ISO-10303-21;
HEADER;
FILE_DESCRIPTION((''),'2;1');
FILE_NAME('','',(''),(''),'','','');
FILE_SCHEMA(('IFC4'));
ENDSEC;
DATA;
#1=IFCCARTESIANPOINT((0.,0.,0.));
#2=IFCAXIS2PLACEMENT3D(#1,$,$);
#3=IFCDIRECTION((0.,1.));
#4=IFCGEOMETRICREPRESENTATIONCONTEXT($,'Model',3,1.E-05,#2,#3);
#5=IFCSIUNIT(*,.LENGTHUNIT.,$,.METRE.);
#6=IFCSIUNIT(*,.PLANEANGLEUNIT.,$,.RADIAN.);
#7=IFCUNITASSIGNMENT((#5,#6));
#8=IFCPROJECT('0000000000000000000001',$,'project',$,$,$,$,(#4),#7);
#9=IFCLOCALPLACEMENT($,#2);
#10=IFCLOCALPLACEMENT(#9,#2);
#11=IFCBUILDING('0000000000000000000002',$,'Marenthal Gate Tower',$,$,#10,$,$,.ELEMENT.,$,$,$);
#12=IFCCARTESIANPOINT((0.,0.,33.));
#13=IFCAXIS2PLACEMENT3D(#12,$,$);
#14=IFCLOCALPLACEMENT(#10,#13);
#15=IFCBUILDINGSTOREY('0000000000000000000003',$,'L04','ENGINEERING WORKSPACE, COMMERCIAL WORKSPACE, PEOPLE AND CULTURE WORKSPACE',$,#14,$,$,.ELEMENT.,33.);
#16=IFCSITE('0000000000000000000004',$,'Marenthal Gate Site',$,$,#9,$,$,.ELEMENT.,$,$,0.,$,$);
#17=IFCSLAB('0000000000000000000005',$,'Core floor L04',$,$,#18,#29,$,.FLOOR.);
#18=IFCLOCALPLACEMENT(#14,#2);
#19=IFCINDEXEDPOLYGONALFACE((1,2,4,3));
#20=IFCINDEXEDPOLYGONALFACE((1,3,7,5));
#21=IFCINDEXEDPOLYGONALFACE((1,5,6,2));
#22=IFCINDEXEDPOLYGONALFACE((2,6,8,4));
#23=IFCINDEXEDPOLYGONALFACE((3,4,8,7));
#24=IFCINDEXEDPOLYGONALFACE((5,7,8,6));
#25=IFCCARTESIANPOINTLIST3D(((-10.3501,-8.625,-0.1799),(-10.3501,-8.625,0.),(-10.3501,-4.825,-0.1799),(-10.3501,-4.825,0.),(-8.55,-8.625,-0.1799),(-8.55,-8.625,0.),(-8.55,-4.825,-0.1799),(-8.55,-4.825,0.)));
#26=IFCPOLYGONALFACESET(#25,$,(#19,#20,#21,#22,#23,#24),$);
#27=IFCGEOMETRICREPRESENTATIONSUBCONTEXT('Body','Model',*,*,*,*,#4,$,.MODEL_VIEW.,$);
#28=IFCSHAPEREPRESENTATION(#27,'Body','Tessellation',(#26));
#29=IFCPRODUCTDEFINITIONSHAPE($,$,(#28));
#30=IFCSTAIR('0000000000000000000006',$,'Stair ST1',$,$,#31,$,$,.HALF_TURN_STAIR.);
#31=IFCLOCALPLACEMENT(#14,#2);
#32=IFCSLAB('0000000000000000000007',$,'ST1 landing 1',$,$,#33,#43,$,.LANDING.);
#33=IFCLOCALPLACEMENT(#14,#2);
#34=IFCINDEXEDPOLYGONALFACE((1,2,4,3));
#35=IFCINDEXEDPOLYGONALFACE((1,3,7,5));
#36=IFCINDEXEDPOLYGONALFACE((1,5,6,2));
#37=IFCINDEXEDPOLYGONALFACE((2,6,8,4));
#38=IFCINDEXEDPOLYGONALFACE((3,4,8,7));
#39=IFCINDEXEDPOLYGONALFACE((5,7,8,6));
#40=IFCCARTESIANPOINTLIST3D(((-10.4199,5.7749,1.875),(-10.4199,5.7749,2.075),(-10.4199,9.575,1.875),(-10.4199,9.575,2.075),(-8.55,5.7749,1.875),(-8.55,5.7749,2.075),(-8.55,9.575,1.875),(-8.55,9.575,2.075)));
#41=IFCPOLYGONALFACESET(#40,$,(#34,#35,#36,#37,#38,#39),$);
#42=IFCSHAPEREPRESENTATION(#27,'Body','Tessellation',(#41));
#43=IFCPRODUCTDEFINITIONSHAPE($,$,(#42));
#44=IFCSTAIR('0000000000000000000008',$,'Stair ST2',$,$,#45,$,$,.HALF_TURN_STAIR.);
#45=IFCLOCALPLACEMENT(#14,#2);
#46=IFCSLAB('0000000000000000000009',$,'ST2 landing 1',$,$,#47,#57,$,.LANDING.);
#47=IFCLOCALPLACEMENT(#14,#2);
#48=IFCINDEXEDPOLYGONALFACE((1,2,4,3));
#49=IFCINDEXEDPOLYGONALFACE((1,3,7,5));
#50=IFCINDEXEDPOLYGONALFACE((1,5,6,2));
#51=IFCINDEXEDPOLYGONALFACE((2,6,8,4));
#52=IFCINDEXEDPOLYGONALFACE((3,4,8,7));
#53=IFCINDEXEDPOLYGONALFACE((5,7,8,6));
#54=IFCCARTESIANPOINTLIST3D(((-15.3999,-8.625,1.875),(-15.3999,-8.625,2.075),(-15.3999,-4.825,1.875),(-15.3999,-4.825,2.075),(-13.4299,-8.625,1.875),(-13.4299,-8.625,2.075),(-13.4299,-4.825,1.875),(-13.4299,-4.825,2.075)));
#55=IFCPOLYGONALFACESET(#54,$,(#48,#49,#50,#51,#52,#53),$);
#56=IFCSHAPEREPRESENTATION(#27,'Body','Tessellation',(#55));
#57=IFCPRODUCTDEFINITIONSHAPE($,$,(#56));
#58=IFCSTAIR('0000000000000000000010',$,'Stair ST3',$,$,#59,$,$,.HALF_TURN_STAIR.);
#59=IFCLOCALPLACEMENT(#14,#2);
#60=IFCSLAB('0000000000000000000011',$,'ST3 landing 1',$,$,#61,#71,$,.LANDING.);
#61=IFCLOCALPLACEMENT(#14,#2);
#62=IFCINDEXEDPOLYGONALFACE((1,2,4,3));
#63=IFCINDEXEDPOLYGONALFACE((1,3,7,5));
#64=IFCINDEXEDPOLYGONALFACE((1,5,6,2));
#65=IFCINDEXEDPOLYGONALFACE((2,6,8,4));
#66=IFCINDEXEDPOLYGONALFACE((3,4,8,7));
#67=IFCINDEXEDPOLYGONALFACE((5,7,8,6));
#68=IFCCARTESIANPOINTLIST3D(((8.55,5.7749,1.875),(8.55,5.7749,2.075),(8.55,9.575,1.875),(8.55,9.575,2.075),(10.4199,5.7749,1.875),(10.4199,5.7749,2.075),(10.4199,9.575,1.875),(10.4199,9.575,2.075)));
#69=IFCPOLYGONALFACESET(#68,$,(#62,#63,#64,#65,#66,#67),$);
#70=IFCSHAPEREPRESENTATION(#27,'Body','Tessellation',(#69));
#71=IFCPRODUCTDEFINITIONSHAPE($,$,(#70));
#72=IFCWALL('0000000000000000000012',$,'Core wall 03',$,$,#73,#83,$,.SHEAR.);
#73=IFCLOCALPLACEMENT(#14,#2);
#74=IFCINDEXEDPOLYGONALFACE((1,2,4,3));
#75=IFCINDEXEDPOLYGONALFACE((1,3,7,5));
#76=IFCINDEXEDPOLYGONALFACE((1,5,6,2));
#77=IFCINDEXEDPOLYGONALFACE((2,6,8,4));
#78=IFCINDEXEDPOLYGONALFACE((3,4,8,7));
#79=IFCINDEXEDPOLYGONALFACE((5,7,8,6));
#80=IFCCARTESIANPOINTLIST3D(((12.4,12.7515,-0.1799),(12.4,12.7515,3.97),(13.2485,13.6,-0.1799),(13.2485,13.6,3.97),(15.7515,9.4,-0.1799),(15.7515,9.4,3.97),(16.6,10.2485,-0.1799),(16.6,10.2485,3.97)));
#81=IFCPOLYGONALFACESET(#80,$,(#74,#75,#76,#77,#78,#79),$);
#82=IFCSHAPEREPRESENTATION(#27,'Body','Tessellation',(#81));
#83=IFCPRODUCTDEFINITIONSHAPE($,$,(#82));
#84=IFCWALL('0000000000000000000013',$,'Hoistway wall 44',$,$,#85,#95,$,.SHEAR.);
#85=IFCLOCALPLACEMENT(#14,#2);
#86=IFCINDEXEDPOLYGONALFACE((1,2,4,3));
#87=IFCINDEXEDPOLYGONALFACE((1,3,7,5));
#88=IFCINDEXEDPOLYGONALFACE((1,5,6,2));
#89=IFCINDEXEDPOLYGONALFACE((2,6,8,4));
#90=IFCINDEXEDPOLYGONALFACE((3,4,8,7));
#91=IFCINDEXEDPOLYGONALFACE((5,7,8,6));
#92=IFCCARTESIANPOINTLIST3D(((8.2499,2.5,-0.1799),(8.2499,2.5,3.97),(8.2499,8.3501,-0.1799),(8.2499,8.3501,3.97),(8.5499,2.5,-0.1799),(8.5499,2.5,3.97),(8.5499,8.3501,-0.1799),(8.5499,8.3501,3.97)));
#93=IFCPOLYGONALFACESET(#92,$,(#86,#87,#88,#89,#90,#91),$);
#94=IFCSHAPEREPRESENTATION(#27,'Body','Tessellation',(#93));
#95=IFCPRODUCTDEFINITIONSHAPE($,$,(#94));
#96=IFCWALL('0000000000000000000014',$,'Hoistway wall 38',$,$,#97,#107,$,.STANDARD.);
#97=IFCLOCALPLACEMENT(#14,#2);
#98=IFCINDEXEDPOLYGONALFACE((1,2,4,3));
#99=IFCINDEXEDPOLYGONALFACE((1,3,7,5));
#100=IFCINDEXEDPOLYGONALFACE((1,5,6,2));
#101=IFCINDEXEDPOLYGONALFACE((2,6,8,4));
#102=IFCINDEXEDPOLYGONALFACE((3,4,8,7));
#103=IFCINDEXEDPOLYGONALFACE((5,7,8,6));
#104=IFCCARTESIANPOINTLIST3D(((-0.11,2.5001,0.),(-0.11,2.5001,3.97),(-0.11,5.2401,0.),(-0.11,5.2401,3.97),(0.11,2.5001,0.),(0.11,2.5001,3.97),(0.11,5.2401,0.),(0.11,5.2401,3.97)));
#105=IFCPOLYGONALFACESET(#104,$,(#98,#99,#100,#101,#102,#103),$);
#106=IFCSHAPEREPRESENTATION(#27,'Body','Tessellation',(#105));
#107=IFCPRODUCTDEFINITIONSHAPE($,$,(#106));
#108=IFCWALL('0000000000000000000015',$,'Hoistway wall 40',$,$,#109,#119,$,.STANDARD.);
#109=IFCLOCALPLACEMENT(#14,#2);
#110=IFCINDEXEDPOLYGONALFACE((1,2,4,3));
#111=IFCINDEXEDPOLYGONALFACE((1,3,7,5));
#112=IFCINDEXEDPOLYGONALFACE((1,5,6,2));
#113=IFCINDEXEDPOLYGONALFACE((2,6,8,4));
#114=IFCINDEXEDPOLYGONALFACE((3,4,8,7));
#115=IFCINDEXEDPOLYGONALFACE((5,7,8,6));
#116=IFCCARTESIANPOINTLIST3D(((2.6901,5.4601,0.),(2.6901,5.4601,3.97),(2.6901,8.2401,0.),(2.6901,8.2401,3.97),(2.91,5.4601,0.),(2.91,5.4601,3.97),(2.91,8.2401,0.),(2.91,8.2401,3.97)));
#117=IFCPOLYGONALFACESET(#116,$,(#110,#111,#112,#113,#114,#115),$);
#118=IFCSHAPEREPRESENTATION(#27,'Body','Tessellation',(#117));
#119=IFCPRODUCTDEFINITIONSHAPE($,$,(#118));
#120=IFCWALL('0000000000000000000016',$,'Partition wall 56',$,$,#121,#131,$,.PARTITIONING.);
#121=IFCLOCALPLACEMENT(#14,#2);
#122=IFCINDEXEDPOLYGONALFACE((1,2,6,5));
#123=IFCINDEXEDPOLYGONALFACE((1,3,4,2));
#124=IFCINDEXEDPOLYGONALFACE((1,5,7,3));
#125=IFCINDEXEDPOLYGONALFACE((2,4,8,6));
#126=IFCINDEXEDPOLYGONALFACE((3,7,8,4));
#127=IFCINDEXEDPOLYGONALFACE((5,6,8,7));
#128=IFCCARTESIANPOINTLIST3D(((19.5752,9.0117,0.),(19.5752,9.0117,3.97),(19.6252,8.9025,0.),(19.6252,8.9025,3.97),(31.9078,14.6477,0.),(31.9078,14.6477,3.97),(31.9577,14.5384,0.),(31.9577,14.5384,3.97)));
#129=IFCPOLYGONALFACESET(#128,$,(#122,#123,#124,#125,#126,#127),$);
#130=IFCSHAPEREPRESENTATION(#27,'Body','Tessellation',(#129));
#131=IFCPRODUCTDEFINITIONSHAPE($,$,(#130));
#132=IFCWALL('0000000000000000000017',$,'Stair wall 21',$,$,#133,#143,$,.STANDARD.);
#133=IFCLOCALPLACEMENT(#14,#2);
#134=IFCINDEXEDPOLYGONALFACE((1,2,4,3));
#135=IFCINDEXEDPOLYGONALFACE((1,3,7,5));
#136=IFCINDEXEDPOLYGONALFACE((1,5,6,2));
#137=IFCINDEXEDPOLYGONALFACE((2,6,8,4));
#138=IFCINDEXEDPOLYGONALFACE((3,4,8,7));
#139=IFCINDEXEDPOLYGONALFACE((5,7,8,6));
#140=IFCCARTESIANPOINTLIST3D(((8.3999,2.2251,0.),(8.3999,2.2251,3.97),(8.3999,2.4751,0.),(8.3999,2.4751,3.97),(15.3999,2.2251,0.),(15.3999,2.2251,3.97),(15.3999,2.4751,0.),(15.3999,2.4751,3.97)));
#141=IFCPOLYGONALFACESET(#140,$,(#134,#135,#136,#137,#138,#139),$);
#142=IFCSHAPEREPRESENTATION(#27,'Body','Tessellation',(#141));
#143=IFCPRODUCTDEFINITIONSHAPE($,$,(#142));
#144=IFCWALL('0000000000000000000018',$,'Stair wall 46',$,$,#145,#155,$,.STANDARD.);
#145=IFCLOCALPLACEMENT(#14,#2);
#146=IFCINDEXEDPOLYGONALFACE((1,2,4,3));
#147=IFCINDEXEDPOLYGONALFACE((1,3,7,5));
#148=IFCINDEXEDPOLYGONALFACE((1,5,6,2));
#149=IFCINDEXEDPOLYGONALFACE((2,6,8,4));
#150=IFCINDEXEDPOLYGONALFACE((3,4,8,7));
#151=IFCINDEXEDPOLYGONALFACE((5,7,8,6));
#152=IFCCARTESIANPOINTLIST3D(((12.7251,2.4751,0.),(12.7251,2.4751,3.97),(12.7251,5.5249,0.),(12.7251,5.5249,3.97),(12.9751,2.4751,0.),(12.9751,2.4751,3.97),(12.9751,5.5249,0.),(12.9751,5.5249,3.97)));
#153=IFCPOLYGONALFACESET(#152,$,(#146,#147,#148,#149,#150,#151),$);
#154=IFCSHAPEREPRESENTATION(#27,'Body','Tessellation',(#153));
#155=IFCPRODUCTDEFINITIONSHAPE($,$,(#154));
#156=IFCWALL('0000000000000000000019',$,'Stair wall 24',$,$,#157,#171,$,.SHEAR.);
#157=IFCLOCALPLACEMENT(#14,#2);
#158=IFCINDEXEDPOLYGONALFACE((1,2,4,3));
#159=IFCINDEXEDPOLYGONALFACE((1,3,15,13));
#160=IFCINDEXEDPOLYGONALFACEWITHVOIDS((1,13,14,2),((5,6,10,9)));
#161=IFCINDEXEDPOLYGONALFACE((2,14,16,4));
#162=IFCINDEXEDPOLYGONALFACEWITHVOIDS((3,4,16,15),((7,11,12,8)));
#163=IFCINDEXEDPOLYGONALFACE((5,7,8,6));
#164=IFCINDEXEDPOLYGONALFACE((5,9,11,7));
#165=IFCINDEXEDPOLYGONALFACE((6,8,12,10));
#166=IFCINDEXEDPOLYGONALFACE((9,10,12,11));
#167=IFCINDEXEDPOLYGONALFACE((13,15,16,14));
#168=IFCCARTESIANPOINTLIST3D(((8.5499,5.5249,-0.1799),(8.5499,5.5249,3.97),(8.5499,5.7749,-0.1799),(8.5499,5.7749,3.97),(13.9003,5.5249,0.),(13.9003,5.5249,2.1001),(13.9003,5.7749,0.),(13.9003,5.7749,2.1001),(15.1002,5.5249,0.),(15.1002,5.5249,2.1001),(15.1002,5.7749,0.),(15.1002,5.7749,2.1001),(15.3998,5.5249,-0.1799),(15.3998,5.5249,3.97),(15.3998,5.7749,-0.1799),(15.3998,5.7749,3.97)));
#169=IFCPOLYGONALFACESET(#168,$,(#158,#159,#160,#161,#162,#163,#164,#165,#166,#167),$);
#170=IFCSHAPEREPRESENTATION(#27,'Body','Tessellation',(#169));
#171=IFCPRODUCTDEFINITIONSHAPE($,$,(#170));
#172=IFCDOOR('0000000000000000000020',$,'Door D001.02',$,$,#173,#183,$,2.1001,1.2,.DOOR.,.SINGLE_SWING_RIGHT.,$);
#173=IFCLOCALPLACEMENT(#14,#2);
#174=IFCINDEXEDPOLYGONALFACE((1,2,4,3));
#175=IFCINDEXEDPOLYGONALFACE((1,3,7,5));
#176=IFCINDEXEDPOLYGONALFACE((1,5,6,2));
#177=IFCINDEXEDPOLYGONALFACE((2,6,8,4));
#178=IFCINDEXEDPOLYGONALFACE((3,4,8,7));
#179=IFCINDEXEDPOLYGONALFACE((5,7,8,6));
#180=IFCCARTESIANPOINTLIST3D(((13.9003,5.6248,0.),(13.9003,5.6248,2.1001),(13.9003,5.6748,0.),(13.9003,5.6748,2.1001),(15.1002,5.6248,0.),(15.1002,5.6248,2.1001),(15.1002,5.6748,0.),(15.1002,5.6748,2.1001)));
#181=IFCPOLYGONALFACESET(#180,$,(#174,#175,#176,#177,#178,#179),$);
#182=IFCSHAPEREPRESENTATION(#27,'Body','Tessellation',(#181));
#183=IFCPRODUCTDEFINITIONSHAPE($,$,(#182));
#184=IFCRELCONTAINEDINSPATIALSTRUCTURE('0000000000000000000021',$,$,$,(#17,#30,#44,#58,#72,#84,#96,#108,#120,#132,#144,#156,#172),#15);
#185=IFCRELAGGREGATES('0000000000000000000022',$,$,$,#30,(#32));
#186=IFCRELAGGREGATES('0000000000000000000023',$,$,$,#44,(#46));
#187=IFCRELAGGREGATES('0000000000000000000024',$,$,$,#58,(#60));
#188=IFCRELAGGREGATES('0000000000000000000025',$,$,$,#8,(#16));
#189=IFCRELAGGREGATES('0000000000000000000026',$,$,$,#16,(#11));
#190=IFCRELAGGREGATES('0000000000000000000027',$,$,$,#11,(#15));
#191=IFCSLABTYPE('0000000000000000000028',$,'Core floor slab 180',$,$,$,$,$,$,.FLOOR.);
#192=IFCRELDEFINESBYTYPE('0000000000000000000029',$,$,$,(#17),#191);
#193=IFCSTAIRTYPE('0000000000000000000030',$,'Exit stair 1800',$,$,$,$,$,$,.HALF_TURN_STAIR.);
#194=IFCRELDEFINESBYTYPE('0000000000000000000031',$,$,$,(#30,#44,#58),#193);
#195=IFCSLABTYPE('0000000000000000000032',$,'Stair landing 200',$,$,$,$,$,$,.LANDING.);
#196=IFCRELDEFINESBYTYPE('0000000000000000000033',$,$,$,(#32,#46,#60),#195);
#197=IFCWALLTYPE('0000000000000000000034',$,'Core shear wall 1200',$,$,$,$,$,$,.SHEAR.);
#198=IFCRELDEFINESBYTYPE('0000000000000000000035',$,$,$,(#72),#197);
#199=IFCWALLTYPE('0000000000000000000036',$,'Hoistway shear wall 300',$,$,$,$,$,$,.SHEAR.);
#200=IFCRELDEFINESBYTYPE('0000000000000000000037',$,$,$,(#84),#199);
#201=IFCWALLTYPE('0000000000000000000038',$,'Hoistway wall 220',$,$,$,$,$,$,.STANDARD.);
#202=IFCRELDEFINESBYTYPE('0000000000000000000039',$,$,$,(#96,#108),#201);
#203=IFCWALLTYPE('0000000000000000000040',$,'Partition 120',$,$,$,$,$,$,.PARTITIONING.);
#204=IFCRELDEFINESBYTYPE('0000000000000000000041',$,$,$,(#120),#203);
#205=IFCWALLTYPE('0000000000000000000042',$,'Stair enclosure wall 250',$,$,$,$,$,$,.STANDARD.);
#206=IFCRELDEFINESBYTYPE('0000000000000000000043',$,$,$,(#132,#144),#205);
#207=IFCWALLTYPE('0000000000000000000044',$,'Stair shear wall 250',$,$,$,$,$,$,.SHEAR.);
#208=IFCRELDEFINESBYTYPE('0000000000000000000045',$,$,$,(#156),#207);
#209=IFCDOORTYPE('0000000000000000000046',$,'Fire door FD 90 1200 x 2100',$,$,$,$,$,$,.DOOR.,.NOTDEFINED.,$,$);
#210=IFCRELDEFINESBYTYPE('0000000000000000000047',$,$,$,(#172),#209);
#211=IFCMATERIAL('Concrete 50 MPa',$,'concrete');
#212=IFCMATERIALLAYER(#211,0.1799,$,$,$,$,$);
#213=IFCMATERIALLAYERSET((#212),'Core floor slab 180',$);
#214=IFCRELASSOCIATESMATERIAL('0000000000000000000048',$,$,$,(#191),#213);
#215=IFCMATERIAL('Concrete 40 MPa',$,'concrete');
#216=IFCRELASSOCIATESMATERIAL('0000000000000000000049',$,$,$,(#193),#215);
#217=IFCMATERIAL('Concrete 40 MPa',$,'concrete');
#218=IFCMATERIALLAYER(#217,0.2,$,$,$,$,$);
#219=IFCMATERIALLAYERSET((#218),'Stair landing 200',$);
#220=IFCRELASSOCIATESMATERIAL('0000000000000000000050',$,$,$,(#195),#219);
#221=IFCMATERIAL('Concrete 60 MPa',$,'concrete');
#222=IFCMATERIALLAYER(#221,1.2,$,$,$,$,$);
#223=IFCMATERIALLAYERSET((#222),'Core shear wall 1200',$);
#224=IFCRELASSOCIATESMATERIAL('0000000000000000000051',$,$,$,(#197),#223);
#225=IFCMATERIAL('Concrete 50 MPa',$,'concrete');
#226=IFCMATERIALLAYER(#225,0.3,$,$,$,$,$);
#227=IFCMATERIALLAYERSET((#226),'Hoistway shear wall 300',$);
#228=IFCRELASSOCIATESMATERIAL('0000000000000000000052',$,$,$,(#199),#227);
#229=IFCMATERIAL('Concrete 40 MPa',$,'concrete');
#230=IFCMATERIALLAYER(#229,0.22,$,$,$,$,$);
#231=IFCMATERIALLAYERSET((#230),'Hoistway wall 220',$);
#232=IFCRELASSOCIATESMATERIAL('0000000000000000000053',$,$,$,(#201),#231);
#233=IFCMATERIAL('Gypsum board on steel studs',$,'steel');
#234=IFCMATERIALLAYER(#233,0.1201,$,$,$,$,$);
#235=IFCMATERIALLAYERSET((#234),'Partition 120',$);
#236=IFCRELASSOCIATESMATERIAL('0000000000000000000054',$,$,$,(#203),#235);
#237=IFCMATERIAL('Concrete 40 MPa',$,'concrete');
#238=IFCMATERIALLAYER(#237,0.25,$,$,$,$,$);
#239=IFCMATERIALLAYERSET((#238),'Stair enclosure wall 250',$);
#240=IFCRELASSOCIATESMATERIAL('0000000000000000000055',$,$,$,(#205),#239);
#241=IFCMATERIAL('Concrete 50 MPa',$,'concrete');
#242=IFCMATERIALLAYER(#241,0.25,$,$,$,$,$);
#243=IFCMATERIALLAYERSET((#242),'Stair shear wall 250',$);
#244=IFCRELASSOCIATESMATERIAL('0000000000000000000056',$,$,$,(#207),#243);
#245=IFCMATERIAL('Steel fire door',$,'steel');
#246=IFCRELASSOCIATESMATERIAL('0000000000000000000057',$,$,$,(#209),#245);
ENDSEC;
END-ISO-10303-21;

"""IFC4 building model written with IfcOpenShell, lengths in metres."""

from ifc_helpers import new_model, si_unit, direction, frame, frame_2d, origin, place, context, subcontext, project, spatial, polyline, rectangle, outline, extrude, material, layer, layer_set, type_object, element, fill, aggregate, save


model = new_model("IFC4")

# Units and contexts
model_context = context("Model", 3, precision=1e-05, world=origin(), true_north=direction((0.0, 1.0)))
body_context = subcontext(model_context, "Body", "Model", "MODEL_VIEW")
ifc_project = project(units=[si_unit("LENGTHUNIT", "METRE"), si_unit("PLANEANGLEUNIT", "RADIAN")], contexts=[model_context])

# Site, building, storey
site_placement = place(None, origin())
site = spatial("IfcSite", under=ifc_project, at=site_placement, Name="Marenthal Gate Site", CompositionType="ELEMENT", RefElevation=0.0)
building_placement = place(site_placement, origin())
building = spatial("IfcBuilding", under=site, at=building_placement, Name="Marenthal Gate Tower", CompositionType="ELEMENT")
storey_placement = place(building_placement, frame((0.0, 0.0, 33.0)))
storey = spatial("IfcBuildingStorey", under=building, at=storey_placement, Name="L04", Description="ENGINEERING WORKSPACE, COMMERCIAL WORKSPACE, PEOPLE AND CULTURE WORKSPACE", CompositionType="ELEMENT", Elevation=33.0)

# Slab
ifc_material_1 = material(Name="Concrete 50 MPa", Category="concrete")
ifc_layer_1 = layer(ifc_material_1, 0.1799)
ifc_layer_set_1 = layer_set([ifc_layer_1], Name="Core floor slab 180")
slab_type_1 = type_object("IfcSlabType", Name="Core floor slab 180", PredefinedType="FLOOR", material=ifc_layer_set_1)
slab_1_placement = place(storey_placement, frame((0.0, 0.0, -0.1799)))
element("IfcSlab", 1, at=slab_1_placement, inside=storey, type_object=slab_type_1, Name="Core floor L04", PredefinedType="FLOOR", context=body_context, shape_type="SweptSolid", body=[
    extrude(outline(polyline([(-8.55, -8.625), (-10.3501, -8.625), (-10.3501, -4.825), (-8.55, -4.825), (-8.55, -8.625)])), origin(), (0.0, 0.0, 1.0), 0.1799),
])

# Stairs, slabs
ifc_material_2 = material(Name="Concrete 40 MPa", Category="concrete")
stair_type = type_object("IfcStairType", Name="Exit stair 1800", PredefinedType="HALF_TURN_STAIR", material=ifc_material_2)
stair_1_placement = place(storey_placement, origin())
stair_1 = element("IfcStair", 2, at=stair_1_placement, inside=storey, type_object=stair_type, Name="Stair ST1", PredefinedType="HALF_TURN_STAIR")
ifc_material_3 = material(Name="Concrete 40 MPa", Category="concrete")
ifc_layer_2 = layer(ifc_material_3, 0.2)
ifc_layer_set_2 = layer_set([ifc_layer_2], Name="Stair landing 200")
slab_type_2 = type_object("IfcSlabType", Name="Stair landing 200", PredefinedType="LANDING", material=ifc_layer_set_2)
slab_2_placement = place(storey_placement, frame((0.0, 0.0, 1.875)))
slab_2 = element("IfcSlab", 3, at=slab_2_placement, type_object=slab_type_2, Name="ST1 landing 1", PredefinedType="LANDING", context=body_context, shape_type="SweptSolid", body=[
    extrude(outline(polyline([(-10.4199, 5.7749), (-8.55, 5.7749), (-8.55, 9.575), (-10.4199, 9.575), (-10.4199, 5.7749)])), origin(), (0.0, 0.0, 1.0), 0.2),
])
aggregate(stair_1, [slab_2])
stair_2_placement = place(storey_placement, origin())
stair_2 = element("IfcStair", 4, at=stair_2_placement, inside=storey, type_object=stair_type, Name="Stair ST2", PredefinedType="HALF_TURN_STAIR")
slab_3_placement = place(storey_placement, frame((0.0, 0.0, 1.875)))
slab_3 = element("IfcSlab", 5, at=slab_3_placement, type_object=slab_type_2, Name="ST2 landing 1", PredefinedType="LANDING", context=body_context, shape_type="SweptSolid", body=[
    extrude(outline(polyline([(-15.3999, -8.625), (-13.4299, -8.625), (-13.4299, -4.825), (-15.3999, -4.825), (-15.3999, -8.625)])), origin(), (0.0, 0.0, 1.0), 0.2),
])
aggregate(stair_2, [slab_3])
stair_3_placement = place(storey_placement, origin())
stair_3 = element("IfcStair", 6, at=stair_3_placement, inside=storey, type_object=stair_type, Name="Stair ST3", PredefinedType="HALF_TURN_STAIR")
slab_4_placement = place(storey_placement, frame((0.0, 0.0, 1.875)))
slab_4 = element("IfcSlab", 7, at=slab_4_placement, type_object=slab_type_2, Name="ST3 landing 1", PredefinedType="LANDING", context=body_context, shape_type="SweptSolid", body=[
    extrude(outline(polyline([(8.55, 5.7749), (10.4199, 5.7749), (10.4199, 9.575), (8.55, 9.575), (8.55, 5.7749)])), origin(), (0.0, 0.0, 1.0), 0.2),
])

# Walls
ifc_material_4 = material(Name="Concrete 60 MPa", Category="concrete")
ifc_layer_3 = layer(ifc_material_4, 1.2)
ifc_layer_set_3 = layer_set([ifc_layer_3], Name="Core shear wall 1200")
wall_type_1 = type_object("IfcWallType", Name="Core shear wall 1200", PredefinedType="SHEAR", material=ifc_layer_set_3)
wall_1_placement = place(storey_placement, frame((16.1758, 9.8242, -0.1799), z_axis=(0.0, 0.0, 1.0), x_axis=(-0.707107, 0.707107, 0.0)))
element("IfcWall", 8, at=wall_1_placement, inside=storey, type_object=wall_type_1, Name="Core wall 03", PredefinedType="SHEAR", context=body_context, shape_type="SweptSolid", body=[
    extrude(rectangle(XDim=4.7397, YDim=1.2, at=frame_2d((2.3699, 0.0))), origin(), (0.0, 0.0, 1.0), 4.1499),
])
ifc_material_5 = material(Name="Concrete 50 MPa", Category="concrete")
ifc_layer_4 = layer(ifc_material_5, 0.3)
ifc_layer_set_4 = layer_set([ifc_layer_4], Name="Hoistway shear wall 300")
wall_type_2 = type_object("IfcWallType", Name="Hoistway shear wall 300", PredefinedType="SHEAR", material=ifc_layer_set_4)
wall_2_placement = place(storey_placement, frame((8.3999, 2.5, -0.1799), z_axis=(0.0, 0.0, 1.0), x_axis=(0.0, 1.0, 0.0)))
element("IfcWall", 9, at=wall_2_placement, inside=storey, type_object=wall_type_2, Name="Hoistway wall 44", PredefinedType="SHEAR", context=body_context, shape_type="SweptSolid", body=[
    extrude(rectangle(XDim=5.8501, YDim=0.3, at=frame_2d((2.925, 0.0))), origin(), (0.0, 0.0, 1.0), 4.1499),
])
ifc_material_6 = material(Name="Concrete 40 MPa", Category="concrete")
ifc_layer_5 = layer(ifc_material_6, 0.22)
ifc_layer_set_5 = layer_set([ifc_layer_5], Name="Hoistway wall 220")
wall_type_3 = type_object("IfcWallType", Name="Hoistway wall 220", PredefinedType="STANDARD", material=ifc_layer_set_5)
wall_3_placement = place(storey_placement, frame((0.0, 2.5, 0.0), z_axis=(0.0, 0.0, 1.0), x_axis=(0.0, 1.0, 0.0)))
element("IfcWall", 10, at=wall_3_placement, inside=storey, type_object=wall_type_3, Name="Hoistway wall 38", PredefinedType="STANDARD", context=body_context, shape_type="SweptSolid", body=[
    extrude(rectangle(XDim=2.74, YDim=0.22, at=frame_2d((1.3701, 0.0))), origin(), (0.0, 0.0, 1.0), 3.97),
])
wall_4_placement = place(storey_placement, frame((2.8, 5.46, 0.0), z_axis=(0.0, 0.0, 1.0), x_axis=(0.0, 1.0, 0.0)))
element("IfcWall", 11, at=wall_4_placement, inside=storey, type_object=wall_type_3, Name="Hoistway wall 40", PredefinedType="STANDARD", context=body_context, shape_type="SweptSolid", body=[
    extrude(rectangle(XDim=2.78, YDim=0.22, at=frame_2d((1.3901, 0.0))), origin(), (0.0, 0.0, 1.0), 3.97),
])
ifc_material_7 = material(Name="Gypsum board on steel studs", Category="steel")
ifc_layer_6 = layer(ifc_material_7, 0.1201)
ifc_layer_set_6 = layer_set([ifc_layer_6], Name="Partition 120")
wall_type_4 = type_object("IfcWallType", Name="Partition 120", PredefinedType="PARTITIONING", material=ifc_layer_set_6)
wall_5_placement = place(storey_placement, frame((19.6001, 8.957, 0.0), z_axis=(0.0, 0.0, 1.0), x_axis=(0.909523, 0.415654, 0.0)))
element("IfcWall", 12, at=wall_5_placement, inside=storey, type_object=wall_type_4, Name="Partition wall 56", PredefinedType="PARTITIONING", context=body_context, shape_type="SweptSolid", body=[
    extrude(rectangle(XDim=13.5593, YDim=0.1201, at=frame_2d((6.7798, 0.0))), origin(), (0.0, 0.0, 1.0), 3.97),
])
ifc_material_8 = material(Name="Concrete 40 MPa", Category="concrete")
ifc_layer_7 = layer(ifc_material_8, 0.25)
ifc_layer_set_7 = layer_set([ifc_layer_7], Name="Stair enclosure wall 250")
wall_type_5 = type_object("IfcWallType", Name="Stair enclosure wall 250", PredefinedType="STANDARD", material=ifc_layer_set_7)
wall_6_placement = place(storey_placement, frame((8.3999, 2.3501, 0.0), z_axis=(0.0, 0.0, 1.0), x_axis=(1.0, 0.0, 0.0)))
element("IfcWall", 13, at=wall_6_placement, inside=storey, type_object=wall_type_5, Name="Stair wall 21", PredefinedType="STANDARD", context=body_context, shape_type="SweptSolid", body=[
    extrude(rectangle(XDim=7.0, YDim=0.25, at=frame_2d((3.5, 0.0))), origin(), (0.0, 0.0, 1.0), 3.97),
])
wall_7_placement = place(storey_placement, frame((12.8501, 2.4751, 0.0), z_axis=(0.0, 0.0, 1.0), x_axis=(0.0, 1.0, 0.0)))
element("IfcWall", 14, at=wall_7_placement, inside=storey, type_object=wall_type_5, Name="Stair wall 46", PredefinedType="STANDARD", context=body_context, shape_type="SweptSolid", body=[
    extrude(rectangle(XDim=3.0498, YDim=0.25, at=frame_2d((1.5249, 0.0))), origin(), (0.0, 0.0, 1.0), 3.97),
])

# Wall, opening, door
ifc_material_9 = material(Name="Concrete 50 MPa", Category="concrete")
ifc_layer_8 = layer(ifc_material_9, 0.25)
ifc_layer_set_8 = layer_set([ifc_layer_8], Name="Stair shear wall 250")
wall_type_6 = type_object("IfcWallType", Name="Stair shear wall 250", PredefinedType="SHEAR", material=ifc_layer_set_8)
wall_8_placement = place(storey_placement, frame((8.55, 5.6499, -0.1799), z_axis=(0.0, 0.0, 1.0), x_axis=(1.0, 0.0, 0.0)))
wall_8 = element("IfcWall", 15, at=wall_8_placement, inside=storey, type_object=wall_type_6, Name="Stair wall 24", PredefinedType="SHEAR", context=body_context, shape_type="SweptSolid", body=[
    extrude(rectangle(XDim=6.8499, YDim=0.25, at=frame_2d((3.4248, 0.0))), origin(), (0.0, 0.0, 1.0), 4.1499),
])
opening_placement = place(wall_8_placement, frame((5.3501, 0.0, 0.1799)))
opening = element("IfcOpeningElement", 16, at=opening_placement, cuts=wall_8, PredefinedType="OPENING", context=body_context, shape_type="SweptSolid", body=[
    extrude(rectangle(XDim=1.2, YDim=2.1001, at=frame_2d((0.6001, 1.05))), frame((0.0, 0.135, 0.0), z_axis=(0.0, -1.0, 0.0), x_axis=(1.0, 0.0, 0.0)), (0.0, 0.0, 1.0), 0.27),
])
ifc_material_10 = material(Name="Steel fire door", Category="steel")
door_type = type_object("IfcDoorType", Name="Fire door FD 90 1200 x 2100", OperationType="NOTDEFINED", PredefinedType="DOOR", material=ifc_material_10)
door_placement = place(opening_placement, origin())
door = element("IfcDoor", 17, at=door_placement, inside=storey, type_object=door_type, Name="Door D001.02", OperationType="SINGLE_SWING_RIGHT", OverallHeight=2.1001, OverallWidth=1.2, PredefinedType="DOOR", context=body_context, shape_type="SweptSolid", body=[
    extrude(rectangle(XDim=1.2, YDim=2.1001, at=frame_2d((0.6001, 1.05))), frame((0.0, 0.0249, 0.0), z_axis=(0.0, -1.0, 0.0), x_axis=(1.0, 0.0, 0.0)), (0.0, 0.0, 1.0), 0.05),
])
fill(opening, door)

aggregate(stair_3, [slab_4])

save(model, "model.ifc")
